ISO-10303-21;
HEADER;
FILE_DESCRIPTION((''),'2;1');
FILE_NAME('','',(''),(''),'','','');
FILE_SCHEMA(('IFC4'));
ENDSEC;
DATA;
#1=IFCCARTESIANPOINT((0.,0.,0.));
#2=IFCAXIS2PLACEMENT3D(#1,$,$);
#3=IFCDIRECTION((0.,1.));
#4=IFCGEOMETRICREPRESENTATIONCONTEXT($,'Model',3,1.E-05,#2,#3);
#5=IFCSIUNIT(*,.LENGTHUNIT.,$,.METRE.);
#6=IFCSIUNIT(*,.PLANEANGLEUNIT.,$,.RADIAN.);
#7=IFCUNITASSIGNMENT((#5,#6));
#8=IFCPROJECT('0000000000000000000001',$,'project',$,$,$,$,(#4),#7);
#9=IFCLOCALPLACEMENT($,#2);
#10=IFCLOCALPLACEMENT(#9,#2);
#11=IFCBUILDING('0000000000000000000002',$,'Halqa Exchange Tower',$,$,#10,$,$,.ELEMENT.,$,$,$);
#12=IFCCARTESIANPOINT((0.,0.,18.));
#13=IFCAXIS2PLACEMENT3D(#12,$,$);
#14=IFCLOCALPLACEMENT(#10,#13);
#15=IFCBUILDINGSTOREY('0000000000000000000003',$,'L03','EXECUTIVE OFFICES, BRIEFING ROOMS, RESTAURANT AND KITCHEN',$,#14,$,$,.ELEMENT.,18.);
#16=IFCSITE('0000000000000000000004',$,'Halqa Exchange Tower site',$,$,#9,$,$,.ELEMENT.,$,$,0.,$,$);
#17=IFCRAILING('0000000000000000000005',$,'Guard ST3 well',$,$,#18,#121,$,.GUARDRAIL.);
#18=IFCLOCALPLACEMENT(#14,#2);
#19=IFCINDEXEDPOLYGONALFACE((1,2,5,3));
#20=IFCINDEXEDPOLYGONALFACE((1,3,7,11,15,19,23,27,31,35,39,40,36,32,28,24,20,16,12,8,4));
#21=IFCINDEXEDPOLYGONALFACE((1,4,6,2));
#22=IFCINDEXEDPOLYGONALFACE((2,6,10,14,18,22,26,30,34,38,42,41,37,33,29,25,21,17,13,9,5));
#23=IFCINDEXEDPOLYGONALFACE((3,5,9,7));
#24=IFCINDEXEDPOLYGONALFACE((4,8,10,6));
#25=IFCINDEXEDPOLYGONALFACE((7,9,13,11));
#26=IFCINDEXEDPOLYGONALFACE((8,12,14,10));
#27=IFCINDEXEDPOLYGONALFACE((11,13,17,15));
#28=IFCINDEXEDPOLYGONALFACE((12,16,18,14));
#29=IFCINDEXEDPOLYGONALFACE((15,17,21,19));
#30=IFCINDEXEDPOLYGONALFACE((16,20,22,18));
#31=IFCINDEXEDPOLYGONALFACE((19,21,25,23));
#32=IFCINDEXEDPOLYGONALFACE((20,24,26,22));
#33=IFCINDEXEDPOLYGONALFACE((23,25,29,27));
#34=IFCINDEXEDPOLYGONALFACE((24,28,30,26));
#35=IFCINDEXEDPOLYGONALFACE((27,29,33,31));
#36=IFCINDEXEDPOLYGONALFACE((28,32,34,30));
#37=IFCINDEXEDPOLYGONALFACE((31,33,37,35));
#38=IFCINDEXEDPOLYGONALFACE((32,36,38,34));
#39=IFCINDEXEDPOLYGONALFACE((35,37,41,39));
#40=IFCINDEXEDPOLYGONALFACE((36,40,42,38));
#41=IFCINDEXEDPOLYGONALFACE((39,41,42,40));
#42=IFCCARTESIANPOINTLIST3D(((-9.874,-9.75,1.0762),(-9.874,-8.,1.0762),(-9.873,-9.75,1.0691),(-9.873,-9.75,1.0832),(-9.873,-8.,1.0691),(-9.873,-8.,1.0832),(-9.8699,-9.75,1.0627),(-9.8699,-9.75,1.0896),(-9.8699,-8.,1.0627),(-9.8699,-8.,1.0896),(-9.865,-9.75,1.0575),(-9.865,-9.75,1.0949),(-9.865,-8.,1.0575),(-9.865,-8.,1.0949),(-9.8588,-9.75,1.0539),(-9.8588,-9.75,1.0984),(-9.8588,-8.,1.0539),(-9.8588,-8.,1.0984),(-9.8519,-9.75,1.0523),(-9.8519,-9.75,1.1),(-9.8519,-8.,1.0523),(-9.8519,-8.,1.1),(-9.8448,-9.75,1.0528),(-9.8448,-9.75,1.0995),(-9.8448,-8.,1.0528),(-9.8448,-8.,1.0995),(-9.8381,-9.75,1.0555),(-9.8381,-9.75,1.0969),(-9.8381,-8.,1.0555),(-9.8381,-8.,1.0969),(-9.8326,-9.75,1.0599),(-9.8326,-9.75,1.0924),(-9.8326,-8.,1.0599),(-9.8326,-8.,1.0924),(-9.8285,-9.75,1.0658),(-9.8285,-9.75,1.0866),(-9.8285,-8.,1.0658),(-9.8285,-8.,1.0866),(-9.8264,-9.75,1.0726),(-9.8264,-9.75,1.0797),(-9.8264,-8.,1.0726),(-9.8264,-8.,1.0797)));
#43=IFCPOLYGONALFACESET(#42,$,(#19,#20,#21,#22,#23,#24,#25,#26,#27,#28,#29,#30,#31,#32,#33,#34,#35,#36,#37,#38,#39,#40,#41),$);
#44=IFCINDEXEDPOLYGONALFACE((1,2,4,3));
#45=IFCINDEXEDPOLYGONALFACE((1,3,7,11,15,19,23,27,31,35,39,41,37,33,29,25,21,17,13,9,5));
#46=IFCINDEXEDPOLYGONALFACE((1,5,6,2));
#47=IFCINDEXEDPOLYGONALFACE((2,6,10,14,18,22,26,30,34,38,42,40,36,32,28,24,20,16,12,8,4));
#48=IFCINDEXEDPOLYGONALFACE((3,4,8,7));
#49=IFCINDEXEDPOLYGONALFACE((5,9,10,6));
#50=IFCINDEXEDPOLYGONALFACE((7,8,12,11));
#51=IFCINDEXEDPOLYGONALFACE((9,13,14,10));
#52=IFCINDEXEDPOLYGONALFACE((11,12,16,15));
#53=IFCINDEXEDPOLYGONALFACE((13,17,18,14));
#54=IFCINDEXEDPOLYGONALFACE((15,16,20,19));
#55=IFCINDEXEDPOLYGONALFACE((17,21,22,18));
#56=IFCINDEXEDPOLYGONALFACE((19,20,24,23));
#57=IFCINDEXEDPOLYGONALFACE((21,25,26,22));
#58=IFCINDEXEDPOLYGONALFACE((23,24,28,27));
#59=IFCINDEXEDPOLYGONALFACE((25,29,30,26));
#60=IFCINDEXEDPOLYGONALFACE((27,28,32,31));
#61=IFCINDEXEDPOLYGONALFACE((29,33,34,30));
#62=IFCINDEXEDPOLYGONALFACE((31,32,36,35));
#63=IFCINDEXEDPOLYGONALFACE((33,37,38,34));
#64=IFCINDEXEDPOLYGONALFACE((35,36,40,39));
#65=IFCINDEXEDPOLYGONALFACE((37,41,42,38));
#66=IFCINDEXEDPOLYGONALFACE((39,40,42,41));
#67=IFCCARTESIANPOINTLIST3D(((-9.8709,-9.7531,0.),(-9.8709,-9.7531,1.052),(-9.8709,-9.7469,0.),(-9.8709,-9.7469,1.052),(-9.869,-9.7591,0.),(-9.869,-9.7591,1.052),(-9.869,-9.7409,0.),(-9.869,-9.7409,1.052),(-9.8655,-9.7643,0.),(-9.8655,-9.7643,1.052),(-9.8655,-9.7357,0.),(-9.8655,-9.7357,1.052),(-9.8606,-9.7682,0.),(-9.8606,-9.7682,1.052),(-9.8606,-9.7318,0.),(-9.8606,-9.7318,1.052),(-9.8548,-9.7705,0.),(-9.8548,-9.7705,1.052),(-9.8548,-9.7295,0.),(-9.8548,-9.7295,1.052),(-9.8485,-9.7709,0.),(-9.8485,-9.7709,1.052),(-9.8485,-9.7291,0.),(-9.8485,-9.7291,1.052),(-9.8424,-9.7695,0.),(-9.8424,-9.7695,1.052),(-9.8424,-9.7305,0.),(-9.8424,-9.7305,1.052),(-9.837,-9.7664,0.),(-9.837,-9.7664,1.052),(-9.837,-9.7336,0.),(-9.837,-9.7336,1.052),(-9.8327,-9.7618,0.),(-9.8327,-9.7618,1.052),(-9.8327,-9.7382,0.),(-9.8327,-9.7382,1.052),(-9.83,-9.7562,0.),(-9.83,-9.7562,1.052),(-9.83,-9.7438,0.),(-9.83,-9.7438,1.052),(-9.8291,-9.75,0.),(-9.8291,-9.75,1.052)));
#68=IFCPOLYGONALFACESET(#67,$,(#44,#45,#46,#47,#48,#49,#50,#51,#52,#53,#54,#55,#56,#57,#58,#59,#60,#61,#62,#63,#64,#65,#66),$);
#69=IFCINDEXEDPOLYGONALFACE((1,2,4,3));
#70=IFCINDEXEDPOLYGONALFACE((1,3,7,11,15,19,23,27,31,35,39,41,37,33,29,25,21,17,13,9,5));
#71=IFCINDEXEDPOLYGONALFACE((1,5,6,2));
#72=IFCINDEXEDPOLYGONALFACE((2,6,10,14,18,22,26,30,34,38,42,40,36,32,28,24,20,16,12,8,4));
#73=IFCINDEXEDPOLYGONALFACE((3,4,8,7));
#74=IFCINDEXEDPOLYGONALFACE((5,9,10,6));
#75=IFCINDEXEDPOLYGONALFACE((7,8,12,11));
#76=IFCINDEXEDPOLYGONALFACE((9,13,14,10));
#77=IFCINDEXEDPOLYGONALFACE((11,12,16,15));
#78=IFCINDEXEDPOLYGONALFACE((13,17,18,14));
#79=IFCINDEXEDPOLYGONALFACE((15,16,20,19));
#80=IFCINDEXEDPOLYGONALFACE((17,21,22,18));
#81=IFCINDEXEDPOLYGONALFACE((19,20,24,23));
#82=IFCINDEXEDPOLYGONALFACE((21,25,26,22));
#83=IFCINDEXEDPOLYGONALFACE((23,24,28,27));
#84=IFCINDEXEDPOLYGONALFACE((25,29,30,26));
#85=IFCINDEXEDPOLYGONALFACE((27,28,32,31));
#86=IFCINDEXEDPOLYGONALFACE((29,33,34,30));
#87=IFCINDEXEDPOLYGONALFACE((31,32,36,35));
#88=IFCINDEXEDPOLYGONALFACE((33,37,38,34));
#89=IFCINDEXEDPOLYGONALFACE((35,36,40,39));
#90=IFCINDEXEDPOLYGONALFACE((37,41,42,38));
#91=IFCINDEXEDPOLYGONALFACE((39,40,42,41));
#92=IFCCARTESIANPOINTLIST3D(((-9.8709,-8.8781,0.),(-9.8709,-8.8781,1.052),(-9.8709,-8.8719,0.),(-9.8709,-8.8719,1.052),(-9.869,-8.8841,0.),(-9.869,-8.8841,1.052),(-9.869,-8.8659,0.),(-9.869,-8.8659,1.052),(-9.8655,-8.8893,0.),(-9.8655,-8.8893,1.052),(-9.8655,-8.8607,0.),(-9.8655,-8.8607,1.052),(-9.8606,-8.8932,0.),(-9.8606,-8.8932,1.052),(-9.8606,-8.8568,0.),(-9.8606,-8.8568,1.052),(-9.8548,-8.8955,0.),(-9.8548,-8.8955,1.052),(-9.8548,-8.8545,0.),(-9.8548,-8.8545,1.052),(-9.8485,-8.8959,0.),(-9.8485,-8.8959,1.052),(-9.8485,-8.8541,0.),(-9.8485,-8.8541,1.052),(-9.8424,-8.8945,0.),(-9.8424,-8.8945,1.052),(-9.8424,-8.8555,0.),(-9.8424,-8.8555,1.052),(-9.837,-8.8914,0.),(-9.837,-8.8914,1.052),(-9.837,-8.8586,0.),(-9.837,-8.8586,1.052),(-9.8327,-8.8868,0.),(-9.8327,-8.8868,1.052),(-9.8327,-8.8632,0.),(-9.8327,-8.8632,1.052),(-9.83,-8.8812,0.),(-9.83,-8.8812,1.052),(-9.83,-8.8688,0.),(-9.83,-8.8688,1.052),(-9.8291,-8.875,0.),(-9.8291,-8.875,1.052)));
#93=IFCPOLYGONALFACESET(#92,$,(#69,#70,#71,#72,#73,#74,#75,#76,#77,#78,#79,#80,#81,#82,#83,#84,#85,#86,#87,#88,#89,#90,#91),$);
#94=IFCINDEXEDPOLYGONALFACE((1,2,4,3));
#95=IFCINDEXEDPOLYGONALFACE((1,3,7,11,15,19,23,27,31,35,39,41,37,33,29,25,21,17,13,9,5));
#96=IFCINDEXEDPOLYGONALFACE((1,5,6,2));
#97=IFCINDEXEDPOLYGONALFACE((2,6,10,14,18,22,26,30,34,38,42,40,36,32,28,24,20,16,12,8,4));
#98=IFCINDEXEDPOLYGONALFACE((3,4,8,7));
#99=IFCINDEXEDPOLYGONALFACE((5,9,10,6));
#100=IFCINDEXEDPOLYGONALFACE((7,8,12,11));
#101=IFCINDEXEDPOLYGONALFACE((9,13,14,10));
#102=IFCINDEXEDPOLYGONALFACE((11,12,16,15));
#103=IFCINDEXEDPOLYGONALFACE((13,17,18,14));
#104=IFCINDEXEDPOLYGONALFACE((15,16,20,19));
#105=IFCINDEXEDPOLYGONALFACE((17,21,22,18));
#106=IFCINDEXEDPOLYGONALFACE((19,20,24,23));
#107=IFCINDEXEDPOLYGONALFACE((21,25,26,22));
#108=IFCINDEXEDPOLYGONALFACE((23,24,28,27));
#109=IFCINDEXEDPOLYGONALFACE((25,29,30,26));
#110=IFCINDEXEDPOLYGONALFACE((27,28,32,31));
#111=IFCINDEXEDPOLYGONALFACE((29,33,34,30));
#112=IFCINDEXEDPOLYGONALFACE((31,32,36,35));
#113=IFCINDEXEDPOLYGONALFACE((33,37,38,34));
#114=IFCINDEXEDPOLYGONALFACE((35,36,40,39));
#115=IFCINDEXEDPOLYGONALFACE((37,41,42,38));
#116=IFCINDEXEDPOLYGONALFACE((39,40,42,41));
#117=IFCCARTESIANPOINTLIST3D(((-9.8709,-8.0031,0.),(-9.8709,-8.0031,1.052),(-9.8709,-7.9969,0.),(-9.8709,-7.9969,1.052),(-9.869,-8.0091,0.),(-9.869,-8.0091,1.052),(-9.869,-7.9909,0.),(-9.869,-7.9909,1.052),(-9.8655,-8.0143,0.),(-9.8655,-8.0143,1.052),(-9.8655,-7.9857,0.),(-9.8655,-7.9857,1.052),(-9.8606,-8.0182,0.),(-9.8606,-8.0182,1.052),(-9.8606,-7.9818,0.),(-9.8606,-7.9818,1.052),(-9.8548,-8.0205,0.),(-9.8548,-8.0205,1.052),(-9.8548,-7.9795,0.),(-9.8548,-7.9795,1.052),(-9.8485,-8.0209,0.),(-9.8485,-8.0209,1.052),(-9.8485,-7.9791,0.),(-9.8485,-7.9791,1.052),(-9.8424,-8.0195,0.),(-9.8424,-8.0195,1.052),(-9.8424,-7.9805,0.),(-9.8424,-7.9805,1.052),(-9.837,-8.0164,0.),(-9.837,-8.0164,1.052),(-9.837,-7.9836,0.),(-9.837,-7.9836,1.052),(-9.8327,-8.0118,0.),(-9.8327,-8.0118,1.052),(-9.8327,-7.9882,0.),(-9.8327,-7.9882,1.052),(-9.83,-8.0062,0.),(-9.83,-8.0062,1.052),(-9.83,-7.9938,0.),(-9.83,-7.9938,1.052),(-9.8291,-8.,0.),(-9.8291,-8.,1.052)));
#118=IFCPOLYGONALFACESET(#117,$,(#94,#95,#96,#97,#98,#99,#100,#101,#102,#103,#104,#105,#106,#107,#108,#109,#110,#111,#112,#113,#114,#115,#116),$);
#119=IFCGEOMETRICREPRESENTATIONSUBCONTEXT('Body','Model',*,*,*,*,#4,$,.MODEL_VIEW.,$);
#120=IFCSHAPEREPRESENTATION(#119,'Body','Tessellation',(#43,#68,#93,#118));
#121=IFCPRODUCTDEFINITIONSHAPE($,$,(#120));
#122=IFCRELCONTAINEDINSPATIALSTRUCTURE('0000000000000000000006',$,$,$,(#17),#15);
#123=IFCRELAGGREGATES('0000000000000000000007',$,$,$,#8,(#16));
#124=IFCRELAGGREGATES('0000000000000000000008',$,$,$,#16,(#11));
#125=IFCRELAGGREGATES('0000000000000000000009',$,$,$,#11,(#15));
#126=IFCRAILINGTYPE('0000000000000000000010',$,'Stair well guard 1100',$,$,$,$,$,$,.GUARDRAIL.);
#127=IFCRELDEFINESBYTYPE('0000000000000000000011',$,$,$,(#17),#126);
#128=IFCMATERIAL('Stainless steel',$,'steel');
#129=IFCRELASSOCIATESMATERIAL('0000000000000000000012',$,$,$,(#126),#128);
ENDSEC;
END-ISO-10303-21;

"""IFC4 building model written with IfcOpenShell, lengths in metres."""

from ifc_helpers import new_model, si_unit, direction, frame, origin, origin_2d, place, context, subcontext, project, spatial, circle, extrude, material, type_object, element, save


model = new_model("IFC4")

# Units and contexts
model_context = context("Model", 3, precision=1e-05, world=origin(), true_north=direction((0.0, 1.0)))
body_context = subcontext(model_context, "Body", "Model", "MODEL_VIEW")
ifc_project = project(units=[si_unit("LENGTHUNIT", "METRE"), si_unit("PLANEANGLEUNIT", "RADIAN")], contexts=[model_context])

# Site, building, storey
site_placement = place(None, origin())
site = spatial("IfcSite", under=ifc_project, at=site_placement, Name="Halqa Exchange Tower site", CompositionType="ELEMENT", RefElevation=0.0)
building_placement = place(site_placement, origin())
building = spatial("IfcBuilding", under=site, at=building_placement, Name="Halqa Exchange Tower", CompositionType="ELEMENT")
storey_placement = place(building_placement, frame((0.0, 0.0, 18.0)))
storey = spatial("IfcBuildingStorey", under=building, at=storey_placement, Name="L03", Description="EXECUTIVE OFFICES, BRIEFING ROOMS, RESTAURANT AND KITCHEN", CompositionType="ELEMENT", Elevation=18.0)

# Railing
ifc_material_1 = material(Name="Stainless steel", Category="steel")
railing_type_1 = type_object("IfcRailingType", Name="Stair well guard 1100", PredefinedType="GUARDRAIL", material=ifc_material_1)
railing_1_placement = place(storey_placement, frame((-9.8501, -9.75, 0.0)))
element("IfcRailing", 1, at=railing_1_placement, inside=storey, type_object=railing_type_1, Name="Guard ST3 well", PredefinedType="GUARDRAIL", context=body_context, shape_type="SweptSolid", body=[
    extrude(circle(Radius=0.0239, at=origin_2d()), frame((0.0, 0.0, 1.0762), z_axis=(0.0, 1.0, 0.0), x_axis=(-1.0, 0.0, 0.0)), (0.0, 0.0, 1.0), 1.75),
    extrude(circle(Radius=0.021, at=origin_2d()), origin(), (0.0, 0.0, 1.0), 1.052),
    extrude(circle(Radius=0.021, at=origin_2d()), frame((0.0, 0.875, 0.0)), (0.0, 0.0, 1.0), 1.052),
    extrude(circle(Radius=0.021, at=origin_2d()), frame((0.0, 1.75, 0.0)), (0.0, 0.0, 1.0), 1.052),
])

save(model, "model.ifc")
